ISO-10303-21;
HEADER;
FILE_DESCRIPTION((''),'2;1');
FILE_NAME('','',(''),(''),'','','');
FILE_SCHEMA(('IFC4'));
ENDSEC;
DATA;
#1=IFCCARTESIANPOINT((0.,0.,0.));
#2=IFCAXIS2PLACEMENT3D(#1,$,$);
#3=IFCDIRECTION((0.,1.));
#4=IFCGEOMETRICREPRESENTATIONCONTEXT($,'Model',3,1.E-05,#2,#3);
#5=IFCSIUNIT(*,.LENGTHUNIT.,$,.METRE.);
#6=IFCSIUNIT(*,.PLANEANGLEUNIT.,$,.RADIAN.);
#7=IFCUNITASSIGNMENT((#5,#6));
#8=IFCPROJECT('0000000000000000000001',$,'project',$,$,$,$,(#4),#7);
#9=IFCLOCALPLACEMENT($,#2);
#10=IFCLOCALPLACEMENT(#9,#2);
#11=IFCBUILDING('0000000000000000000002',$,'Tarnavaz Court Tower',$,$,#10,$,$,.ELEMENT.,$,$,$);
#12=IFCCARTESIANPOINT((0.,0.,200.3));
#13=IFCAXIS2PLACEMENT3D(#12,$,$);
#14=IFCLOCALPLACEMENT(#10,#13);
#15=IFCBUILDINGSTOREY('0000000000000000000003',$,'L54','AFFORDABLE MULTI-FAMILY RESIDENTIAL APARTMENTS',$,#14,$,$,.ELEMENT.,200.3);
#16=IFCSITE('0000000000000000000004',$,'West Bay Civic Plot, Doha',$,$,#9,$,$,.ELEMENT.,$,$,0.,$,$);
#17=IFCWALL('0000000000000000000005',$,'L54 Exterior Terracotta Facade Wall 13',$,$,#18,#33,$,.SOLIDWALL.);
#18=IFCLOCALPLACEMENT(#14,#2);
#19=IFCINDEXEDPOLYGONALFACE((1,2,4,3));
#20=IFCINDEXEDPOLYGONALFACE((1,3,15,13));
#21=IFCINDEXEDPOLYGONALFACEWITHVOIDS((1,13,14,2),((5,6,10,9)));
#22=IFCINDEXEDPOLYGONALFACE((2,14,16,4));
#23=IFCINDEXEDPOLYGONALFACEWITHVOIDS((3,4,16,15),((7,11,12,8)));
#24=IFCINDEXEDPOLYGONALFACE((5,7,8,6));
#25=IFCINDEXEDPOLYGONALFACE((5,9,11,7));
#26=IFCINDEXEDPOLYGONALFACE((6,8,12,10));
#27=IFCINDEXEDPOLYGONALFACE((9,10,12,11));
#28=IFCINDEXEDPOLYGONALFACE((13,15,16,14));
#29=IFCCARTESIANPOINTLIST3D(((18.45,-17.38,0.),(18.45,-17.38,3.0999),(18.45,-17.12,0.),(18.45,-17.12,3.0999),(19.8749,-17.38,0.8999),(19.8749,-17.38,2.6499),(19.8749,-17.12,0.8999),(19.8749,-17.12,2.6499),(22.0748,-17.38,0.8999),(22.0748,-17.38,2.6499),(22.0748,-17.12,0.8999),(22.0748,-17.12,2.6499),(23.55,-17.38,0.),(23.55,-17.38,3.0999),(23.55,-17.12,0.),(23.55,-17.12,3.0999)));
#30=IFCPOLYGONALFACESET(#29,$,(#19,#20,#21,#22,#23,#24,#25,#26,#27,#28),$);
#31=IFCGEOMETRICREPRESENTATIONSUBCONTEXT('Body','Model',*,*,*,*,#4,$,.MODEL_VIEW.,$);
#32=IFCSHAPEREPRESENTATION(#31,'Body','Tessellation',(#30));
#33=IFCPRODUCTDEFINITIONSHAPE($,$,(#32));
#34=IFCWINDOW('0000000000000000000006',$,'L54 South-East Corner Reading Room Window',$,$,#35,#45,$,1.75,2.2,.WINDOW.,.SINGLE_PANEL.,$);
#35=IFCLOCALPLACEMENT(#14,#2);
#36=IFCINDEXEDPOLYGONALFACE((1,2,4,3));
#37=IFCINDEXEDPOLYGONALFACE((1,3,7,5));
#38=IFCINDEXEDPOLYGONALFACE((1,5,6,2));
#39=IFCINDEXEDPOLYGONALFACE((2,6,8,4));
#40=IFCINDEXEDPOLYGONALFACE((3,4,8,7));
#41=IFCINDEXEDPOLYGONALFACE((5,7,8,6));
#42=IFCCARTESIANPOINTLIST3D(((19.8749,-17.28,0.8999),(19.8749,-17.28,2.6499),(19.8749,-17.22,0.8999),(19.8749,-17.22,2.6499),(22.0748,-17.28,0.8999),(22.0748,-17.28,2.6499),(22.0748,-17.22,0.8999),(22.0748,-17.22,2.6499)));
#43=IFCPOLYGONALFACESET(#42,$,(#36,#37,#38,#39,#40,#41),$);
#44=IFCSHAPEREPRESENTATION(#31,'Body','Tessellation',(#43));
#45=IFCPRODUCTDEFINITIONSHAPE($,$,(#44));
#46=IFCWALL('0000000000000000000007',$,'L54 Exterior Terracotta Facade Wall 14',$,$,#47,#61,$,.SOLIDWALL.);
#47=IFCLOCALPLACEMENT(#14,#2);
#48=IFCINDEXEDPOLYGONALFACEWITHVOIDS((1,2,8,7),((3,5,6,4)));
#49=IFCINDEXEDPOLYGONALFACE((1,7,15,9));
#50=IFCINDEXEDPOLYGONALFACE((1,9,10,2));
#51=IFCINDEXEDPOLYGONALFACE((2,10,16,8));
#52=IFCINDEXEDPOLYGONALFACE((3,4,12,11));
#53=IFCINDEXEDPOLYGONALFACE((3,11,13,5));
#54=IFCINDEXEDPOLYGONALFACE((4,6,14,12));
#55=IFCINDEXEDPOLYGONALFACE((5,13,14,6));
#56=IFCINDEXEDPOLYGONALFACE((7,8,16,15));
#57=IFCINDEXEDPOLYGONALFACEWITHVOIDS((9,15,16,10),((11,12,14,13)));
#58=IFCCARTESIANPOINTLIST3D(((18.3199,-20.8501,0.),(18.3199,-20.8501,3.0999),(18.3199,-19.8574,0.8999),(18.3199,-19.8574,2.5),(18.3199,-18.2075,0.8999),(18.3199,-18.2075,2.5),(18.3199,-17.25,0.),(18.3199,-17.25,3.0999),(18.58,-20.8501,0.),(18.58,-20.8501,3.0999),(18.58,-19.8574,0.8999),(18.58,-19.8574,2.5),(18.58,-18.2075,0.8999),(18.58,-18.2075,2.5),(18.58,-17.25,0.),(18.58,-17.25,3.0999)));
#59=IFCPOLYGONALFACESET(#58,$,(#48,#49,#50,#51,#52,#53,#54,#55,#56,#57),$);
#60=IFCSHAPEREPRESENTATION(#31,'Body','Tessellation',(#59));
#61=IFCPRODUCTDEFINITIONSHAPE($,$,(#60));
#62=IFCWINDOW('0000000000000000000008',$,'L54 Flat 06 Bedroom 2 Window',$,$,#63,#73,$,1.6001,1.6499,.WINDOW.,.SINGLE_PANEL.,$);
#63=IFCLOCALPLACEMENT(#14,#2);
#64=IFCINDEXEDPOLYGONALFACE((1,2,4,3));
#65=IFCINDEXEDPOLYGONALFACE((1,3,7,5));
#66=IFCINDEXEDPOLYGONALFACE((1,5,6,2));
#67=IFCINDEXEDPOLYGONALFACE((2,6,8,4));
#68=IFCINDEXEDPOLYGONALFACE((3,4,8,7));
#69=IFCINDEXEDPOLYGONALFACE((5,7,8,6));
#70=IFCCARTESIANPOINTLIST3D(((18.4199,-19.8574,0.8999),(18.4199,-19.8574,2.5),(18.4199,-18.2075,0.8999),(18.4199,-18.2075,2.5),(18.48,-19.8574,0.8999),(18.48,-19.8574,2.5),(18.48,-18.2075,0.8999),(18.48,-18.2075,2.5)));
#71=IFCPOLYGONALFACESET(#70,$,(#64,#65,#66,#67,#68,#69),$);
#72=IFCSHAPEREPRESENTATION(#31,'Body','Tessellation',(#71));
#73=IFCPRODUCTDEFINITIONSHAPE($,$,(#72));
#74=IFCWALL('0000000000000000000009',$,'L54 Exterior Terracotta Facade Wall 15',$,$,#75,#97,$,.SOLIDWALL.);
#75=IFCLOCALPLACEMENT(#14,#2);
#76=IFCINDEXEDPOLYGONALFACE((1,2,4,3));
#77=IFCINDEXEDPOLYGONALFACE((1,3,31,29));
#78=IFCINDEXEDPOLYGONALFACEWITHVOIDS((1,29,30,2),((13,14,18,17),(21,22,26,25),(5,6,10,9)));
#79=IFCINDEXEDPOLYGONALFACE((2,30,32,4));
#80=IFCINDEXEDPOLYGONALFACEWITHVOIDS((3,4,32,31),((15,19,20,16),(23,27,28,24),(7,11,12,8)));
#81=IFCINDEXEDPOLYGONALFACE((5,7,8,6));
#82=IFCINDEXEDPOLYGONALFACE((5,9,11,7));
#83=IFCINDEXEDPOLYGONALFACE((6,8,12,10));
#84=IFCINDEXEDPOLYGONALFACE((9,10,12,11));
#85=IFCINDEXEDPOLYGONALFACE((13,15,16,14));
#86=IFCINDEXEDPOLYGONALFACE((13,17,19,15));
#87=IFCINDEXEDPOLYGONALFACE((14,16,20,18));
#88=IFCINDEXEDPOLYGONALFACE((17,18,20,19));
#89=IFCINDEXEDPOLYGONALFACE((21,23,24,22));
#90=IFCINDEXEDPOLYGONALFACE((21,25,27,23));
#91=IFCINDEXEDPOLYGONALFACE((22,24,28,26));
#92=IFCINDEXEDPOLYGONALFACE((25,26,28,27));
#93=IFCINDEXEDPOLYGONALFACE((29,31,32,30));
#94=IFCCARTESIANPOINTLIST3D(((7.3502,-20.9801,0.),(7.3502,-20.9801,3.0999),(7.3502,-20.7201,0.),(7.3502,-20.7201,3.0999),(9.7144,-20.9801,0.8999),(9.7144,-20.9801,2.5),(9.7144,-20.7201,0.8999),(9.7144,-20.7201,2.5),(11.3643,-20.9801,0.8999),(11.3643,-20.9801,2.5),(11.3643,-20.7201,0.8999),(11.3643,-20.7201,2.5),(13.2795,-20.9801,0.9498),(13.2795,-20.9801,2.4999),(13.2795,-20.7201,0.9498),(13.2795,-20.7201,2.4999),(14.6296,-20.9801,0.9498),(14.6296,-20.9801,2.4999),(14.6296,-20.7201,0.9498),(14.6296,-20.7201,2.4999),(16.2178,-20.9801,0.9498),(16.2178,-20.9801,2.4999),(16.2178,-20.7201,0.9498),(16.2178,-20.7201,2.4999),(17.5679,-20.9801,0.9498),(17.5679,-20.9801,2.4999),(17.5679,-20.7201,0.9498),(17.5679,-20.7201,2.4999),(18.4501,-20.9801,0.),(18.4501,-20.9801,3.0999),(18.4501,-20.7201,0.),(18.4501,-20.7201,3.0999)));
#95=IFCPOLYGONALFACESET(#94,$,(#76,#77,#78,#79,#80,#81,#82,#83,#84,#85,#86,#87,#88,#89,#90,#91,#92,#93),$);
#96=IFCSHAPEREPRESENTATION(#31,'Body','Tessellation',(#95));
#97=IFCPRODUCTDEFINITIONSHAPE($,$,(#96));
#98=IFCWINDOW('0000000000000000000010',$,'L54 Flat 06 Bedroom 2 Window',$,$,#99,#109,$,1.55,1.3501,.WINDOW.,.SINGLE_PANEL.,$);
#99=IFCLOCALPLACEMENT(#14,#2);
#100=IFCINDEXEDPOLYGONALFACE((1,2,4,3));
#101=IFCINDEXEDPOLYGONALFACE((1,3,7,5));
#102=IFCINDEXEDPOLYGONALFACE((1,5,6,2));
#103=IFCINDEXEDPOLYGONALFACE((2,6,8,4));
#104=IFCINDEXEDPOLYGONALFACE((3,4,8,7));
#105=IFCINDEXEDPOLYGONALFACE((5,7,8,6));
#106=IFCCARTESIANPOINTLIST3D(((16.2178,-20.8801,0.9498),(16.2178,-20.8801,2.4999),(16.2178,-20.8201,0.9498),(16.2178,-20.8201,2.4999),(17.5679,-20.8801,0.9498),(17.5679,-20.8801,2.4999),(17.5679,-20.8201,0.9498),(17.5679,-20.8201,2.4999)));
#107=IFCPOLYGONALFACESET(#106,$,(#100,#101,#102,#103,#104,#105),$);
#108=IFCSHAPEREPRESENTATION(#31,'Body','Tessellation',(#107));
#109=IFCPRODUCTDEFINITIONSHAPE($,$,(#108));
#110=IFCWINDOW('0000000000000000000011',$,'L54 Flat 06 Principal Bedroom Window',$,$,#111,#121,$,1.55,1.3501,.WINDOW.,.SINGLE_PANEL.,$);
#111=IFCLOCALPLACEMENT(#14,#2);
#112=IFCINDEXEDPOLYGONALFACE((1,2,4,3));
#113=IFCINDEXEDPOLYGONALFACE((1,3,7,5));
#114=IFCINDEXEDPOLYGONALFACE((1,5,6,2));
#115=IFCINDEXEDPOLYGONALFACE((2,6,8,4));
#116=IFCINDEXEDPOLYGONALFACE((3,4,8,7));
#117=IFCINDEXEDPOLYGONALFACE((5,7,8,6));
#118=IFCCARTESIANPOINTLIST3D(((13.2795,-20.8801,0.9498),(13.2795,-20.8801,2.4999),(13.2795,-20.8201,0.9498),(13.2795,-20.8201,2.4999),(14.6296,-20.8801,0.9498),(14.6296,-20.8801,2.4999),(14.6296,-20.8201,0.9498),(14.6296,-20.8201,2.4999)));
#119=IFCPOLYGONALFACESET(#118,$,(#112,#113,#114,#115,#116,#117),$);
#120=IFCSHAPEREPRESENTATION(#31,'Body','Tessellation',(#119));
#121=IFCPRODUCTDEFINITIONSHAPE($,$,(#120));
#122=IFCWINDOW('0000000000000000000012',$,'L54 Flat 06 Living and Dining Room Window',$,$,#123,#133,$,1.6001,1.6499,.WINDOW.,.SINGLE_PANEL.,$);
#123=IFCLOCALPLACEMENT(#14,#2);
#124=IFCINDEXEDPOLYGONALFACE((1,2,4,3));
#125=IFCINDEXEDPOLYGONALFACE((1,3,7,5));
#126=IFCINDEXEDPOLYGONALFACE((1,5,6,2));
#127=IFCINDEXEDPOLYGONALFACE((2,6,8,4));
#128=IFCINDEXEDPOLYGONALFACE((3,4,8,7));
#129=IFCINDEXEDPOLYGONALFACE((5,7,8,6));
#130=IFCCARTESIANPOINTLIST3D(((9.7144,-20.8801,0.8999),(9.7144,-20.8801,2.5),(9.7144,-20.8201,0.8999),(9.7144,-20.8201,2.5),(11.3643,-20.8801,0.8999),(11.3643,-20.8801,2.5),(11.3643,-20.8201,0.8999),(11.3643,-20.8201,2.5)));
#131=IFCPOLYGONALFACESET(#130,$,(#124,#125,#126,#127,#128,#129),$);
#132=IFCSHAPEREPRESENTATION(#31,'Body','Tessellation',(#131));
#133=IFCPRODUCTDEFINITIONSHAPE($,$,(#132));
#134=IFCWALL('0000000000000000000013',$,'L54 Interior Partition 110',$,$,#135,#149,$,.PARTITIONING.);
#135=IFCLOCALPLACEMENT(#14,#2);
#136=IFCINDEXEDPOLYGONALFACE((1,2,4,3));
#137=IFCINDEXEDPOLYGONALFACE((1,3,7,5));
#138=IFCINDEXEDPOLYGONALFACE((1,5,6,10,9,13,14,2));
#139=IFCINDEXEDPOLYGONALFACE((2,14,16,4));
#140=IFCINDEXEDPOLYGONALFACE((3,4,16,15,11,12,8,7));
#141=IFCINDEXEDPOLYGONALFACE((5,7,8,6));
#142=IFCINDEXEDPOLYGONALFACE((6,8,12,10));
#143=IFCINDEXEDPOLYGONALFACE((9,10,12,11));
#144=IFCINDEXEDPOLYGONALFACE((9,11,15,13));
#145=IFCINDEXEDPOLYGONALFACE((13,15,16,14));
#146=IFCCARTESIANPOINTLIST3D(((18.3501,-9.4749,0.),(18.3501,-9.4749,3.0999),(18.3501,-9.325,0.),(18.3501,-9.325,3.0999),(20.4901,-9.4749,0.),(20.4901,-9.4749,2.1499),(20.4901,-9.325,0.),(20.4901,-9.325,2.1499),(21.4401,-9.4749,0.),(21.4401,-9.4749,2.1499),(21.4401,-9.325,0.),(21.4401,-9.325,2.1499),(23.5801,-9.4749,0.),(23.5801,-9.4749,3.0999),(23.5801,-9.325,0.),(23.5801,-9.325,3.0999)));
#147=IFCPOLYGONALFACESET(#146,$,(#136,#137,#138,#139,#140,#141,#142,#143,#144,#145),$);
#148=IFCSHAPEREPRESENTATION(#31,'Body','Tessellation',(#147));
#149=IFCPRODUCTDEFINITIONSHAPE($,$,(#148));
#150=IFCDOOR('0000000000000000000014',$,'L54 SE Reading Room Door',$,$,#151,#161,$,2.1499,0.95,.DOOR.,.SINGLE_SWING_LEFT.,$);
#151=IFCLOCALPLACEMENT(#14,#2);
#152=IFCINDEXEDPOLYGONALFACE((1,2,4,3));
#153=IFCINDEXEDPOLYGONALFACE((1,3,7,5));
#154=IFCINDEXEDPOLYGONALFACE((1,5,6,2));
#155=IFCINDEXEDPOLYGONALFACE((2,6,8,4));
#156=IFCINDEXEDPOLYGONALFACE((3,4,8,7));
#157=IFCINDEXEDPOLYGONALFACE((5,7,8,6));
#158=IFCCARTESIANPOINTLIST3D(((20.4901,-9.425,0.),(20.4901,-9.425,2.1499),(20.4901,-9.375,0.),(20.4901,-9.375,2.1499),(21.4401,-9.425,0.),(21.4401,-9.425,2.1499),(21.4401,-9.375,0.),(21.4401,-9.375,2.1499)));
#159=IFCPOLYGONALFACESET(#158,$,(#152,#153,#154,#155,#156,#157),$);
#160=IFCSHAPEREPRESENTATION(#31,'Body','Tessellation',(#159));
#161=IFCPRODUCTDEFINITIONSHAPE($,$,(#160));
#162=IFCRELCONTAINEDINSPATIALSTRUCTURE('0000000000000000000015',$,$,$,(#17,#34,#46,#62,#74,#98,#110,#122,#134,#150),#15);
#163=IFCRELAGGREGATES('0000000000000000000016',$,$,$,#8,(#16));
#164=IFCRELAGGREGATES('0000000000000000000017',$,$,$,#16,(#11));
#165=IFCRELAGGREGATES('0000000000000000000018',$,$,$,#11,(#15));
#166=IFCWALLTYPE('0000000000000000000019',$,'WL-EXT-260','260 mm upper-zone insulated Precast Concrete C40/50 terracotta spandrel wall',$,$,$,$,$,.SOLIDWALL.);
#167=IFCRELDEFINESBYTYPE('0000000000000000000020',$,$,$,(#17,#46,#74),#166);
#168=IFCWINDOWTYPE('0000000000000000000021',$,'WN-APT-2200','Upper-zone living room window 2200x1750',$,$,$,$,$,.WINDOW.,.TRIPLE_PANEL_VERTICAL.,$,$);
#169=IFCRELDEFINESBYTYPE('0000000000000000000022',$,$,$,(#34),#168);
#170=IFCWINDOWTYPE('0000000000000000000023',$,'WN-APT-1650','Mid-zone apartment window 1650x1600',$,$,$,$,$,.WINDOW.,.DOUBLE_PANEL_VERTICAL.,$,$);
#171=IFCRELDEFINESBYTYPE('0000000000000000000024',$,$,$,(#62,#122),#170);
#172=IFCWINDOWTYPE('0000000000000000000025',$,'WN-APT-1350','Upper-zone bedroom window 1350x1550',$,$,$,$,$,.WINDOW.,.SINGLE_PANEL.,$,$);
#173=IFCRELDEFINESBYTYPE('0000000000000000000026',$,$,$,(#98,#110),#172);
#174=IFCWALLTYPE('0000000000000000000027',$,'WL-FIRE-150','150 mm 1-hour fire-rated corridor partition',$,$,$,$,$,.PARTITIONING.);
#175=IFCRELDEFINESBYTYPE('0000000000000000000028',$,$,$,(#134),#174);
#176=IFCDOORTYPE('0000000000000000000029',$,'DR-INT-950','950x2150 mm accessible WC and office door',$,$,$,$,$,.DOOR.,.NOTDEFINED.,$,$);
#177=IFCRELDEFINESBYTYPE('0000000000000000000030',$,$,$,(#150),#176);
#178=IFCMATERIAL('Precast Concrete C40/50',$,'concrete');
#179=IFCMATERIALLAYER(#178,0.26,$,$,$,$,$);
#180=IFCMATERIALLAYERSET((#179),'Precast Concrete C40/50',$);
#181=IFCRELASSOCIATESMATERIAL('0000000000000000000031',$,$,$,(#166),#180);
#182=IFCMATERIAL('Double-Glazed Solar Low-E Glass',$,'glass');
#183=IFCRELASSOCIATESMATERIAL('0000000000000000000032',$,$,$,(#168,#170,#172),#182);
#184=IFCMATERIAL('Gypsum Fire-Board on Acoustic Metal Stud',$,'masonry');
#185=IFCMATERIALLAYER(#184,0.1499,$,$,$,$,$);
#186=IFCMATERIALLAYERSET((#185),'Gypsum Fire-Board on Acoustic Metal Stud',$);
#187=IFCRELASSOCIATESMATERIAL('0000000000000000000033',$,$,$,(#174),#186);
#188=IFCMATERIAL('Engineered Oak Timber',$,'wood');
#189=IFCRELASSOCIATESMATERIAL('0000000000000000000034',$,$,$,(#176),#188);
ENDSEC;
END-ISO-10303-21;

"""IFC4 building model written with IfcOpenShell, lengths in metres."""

from ifc_helpers import new_model, si_unit, direction, frame, frame_2d, origin, place, context, subcontext, project, spatial, rectangle, extrude, material, layer, layer_set, type_object, element, fill, save


model = new_model("IFC4")

# Units and contexts
model_context = context("Model", 3, precision=1e-05, world=origin(), true_north=direction((0.0, 1.0)))
body_context = subcontext(model_context, "Body", "Model", "MODEL_VIEW")
ifc_project = project(units=[si_unit("LENGTHUNIT", "METRE"), si_unit("PLANEANGLEUNIT", "RADIAN")], contexts=[model_context])

# Site, building, storey
site_placement = place(None, origin())
site = spatial("IfcSite", under=ifc_project, at=site_placement, Name="West Bay Civic Plot, Doha", CompositionType="ELEMENT", RefElevation=0.0)
building_placement = place(site_placement, origin())
building = spatial("IfcBuilding", under=site, at=building_placement, Name="Tarnavaz Court Tower", CompositionType="ELEMENT")
storey_placement = place(building_placement, frame((0.0, 0.0, 200.3)))
storey = spatial("IfcBuildingStorey", under=building, at=storey_placement, Name="L54", Description="AFFORDABLE MULTI-FAMILY RESIDENTIAL APARTMENTS", CompositionType="ELEMENT", Elevation=200.3)

# Walls, openings, windows
ifc_material_1 = material(Name="Precast Concrete C40/50", Category="concrete")
ifc_layer_1 = layer(ifc_material_1, 0.26)
ifc_layer_set_1 = layer_set([ifc_layer_1], Name="Precast Concrete C40/50")
wall_type_1 = type_object("IfcWallType", Name="WL-EXT-260", Description="260 mm upper-zone insulated Precast Concrete C40/50 terracotta spandrel wall", PredefinedType="SOLIDWALL", material=ifc_layer_set_1)
wall_1_placement = place(storey_placement, frame((23.55, -17.25, 0.0), z_axis=(0.0, 0.0, 1.0), x_axis=(-1.0, 0.0, 0.0)))
wall_1 = element("IfcWall", 1, at=wall_1_placement, inside=storey, type_object=wall_type_1, Name="L54 Exterior Terracotta Facade Wall 13", PredefinedType="SOLIDWALL", context=body_context, shape_type="SweptSolid", body=[
    extrude(rectangle(XDim=5.1001, YDim=0.26, at=frame_2d((2.55, 0.0))), origin(), (0.0, 0.0, 1.0), 3.0999),
])
opening_1_placement = place(wall_1_placement, frame((1.4751, 0.0, 0.8999)))
opening_1 = element("IfcOpeningElement", 2, at=opening_1_placement, cuts=wall_1, PredefinedType="OPENING", context=body_context, shape_type="SweptSolid", body=[
    extrude(rectangle(XDim=2.2, YDim=1.75, at=frame_2d((1.1001, 0.875))), frame((0.0, 0.1399, 0.0), z_axis=(0.0, -1.0, 0.0), x_axis=(1.0, 0.0, 0.0)), (0.0, 0.0, 1.0), 0.28),
])
ifc_material_2 = material(Name="Double-Glazed Solar Low-E Glass", Category="glass")
window_type_1 = type_object("IfcWindowType", Name="WN-APT-2200", Description="Upper-zone living room window 2200x1750", PartitioningType="TRIPLE_PANEL_VERTICAL", PredefinedType="WINDOW", material=ifc_material_2)
window_1_placement = place(opening_1_placement, origin())
window_1 = element("IfcWindow", 3, at=window_1_placement, inside=storey, type_object=window_type_1, Name="L54 South-East Corner Reading Room Window", OverallHeight=1.75, OverallWidth=2.2, PartitioningType="SINGLE_PANEL", PredefinedType="WINDOW", context=body_context, shape_type="SweptSolid", body=[
    extrude(rectangle(XDim=2.2, YDim=1.75, at=frame_2d((1.1001, 0.875))), frame((0.0, 0.03, 0.0), z_axis=(0.0, -1.0, 0.0), x_axis=(1.0, 0.0, 0.0)), (0.0, 0.0, 1.0), 0.0601),
])
fill(opening_1, window_1)
wall_2_placement = place(storey_placement, frame((18.45, -17.25, 0.0), z_axis=(0.0, 0.0, 1.0), x_axis=(0.0, -1.0, 0.0)))
wall_2 = element("IfcWall", 4, at=wall_2_placement, inside=storey, type_object=wall_type_1, Name="L54 Exterior Terracotta Facade Wall 14", PredefinedType="SOLIDWALL", context=body_context, shape_type="SweptSolid", body=[
    extrude(rectangle(XDim=3.6001, YDim=0.26, at=frame_2d((1.8, 0.0))), origin(), (0.0, 0.0, 1.0), 3.0999),
])
opening_2_placement = place(wall_2_placement, frame((0.9575, 0.0, 0.8999)))
opening_2 = element("IfcOpeningElement", 5, at=opening_2_placement, cuts=wall_2, PredefinedType="OPENING", context=body_context, shape_type="SweptSolid", body=[
    extrude(rectangle(XDim=1.6499, YDim=1.6001, at=frame_2d((0.825, 0.8))), frame((0.0, 0.1399, 0.0), z_axis=(0.0, -1.0, 0.0), x_axis=(1.0, 0.0, 0.0)), (0.0, 0.0, 1.0), 0.28),
])
window_type_2 = type_object("IfcWindowType", Name="WN-APT-1650", Description="Mid-zone apartment window 1650x1600", PartitioningType="DOUBLE_PANEL_VERTICAL", PredefinedType="WINDOW", material=ifc_material_2)
window_2_placement = place(opening_2_placement, origin())
window_2 = element("IfcWindow", 6, at=window_2_placement, inside=storey, type_object=window_type_2, Name="L54 Flat 06 Bedroom 2 Window", OverallHeight=1.6001, OverallWidth=1.6499, PartitioningType="SINGLE_PANEL", PredefinedType="WINDOW", context=body_context, shape_type="SweptSolid", body=[
    extrude(rectangle(XDim=1.6499, YDim=1.6001, at=frame_2d((0.825, 0.8))), frame((0.0, 0.03, 0.0), z_axis=(0.0, -1.0, 0.0), x_axis=(1.0, 0.0, 0.0)), (0.0, 0.0, 1.0), 0.0601),
])
fill(opening_2, window_2)

# Wall, openings, windows
wall_3_placement = place(storey_placement, frame((18.45, -20.8501, 0.0), z_axis=(0.0, 0.0, 1.0), x_axis=(-1.0, 0.0, 0.0)))
wall_3 = element("IfcWall", 7, at=wall_3_placement, inside=storey, type_object=wall_type_1, Name="L54 Exterior Terracotta Facade Wall 15", PredefinedType="SOLIDWALL", context=body_context, shape_type="SweptSolid", body=[
    extrude(rectangle(XDim=11.0999, YDim=0.26, at=frame_2d((5.5498, 0.0))), origin(), (0.0, 0.0, 1.0), 3.0999),
])
opening_3_placement = place(wall_3_placement, frame((0.8821, 0.0, 0.95)))
opening_3 = element("IfcOpeningElement", 8, at=opening_3_placement, cuts=wall_3, PredefinedType="OPENING", context=body_context, shape_type="SweptSolid", body=[
    extrude(rectangle(XDim=1.3501, YDim=1.55, at=frame_2d((0.675, 0.7749))), frame((0.0, 0.1399, 0.0), z_axis=(0.0, -1.0, 0.0), x_axis=(1.0, 0.0, 0.0)), (0.0, 0.0, 1.0), 0.28),
])
opening_4_placement = place(wall_3_placement, frame((3.8203, 0.0, 0.95)))
opening_4 = element("IfcOpeningElement", 9, at=opening_4_placement, cuts=wall_3, PredefinedType="OPENING", context=body_context, shape_type="SweptSolid", body=[
    extrude(rectangle(XDim=1.3501, YDim=1.55, at=frame_2d((0.675, 0.7749))), frame((0.0, 0.1399, 0.0), z_axis=(0.0, -1.0, 0.0), x_axis=(1.0, 0.0, 0.0)), (0.0, 0.0, 1.0), 0.28),
])
opening_5_placement = place(wall_3_placement, frame((7.0857, 0.0, 0.8999)))
opening_5 = element("IfcOpeningElement", 10, at=opening_5_placement, cuts=wall_3, PredefinedType="OPENING", context=body_context, shape_type="SweptSolid", body=[
    extrude(rectangle(XDim=1.6499, YDim=1.6001, at=frame_2d((0.825, 0.8))), frame((0.0, 0.1399, 0.0), z_axis=(0.0, -1.0, 0.0), x_axis=(1.0, 0.0, 0.0)), (0.0, 0.0, 1.0), 0.28),
])
window_type_3 = type_object("IfcWindowType", Name="WN-APT-1350", Description="Upper-zone bedroom window 1350x1550", PartitioningType="SINGLE_PANEL", PredefinedType="WINDOW", material=ifc_material_2)
window_3_placement = place(opening_3_placement, origin())
window_3 = element("IfcWindow", 11, at=window_3_placement, inside=storey, type_object=window_type_3, Name="L54 Flat 06 Bedroom 2 Window", OverallHeight=1.55, OverallWidth=1.3501, PartitioningType="SINGLE_PANEL", PredefinedType="WINDOW", context=body_context, shape_type="SweptSolid", body=[
    extrude(rectangle(XDim=1.3501, YDim=1.55, at=frame_2d((0.675, 0.7749))), frame((0.0, 0.03, 0.0), z_axis=(0.0, -1.0, 0.0), x_axis=(1.0, 0.0, 0.0)), (0.0, 0.0, 1.0), 0.0601),
])
fill(opening_3, window_3)
window_4_placement = place(opening_4_placement, origin())
window_4 = element("IfcWindow", 12, at=window_4_placement, inside=storey, type_object=window_type_3, Name="L54 Flat 06 Principal Bedroom Window", OverallHeight=1.55, OverallWidth=1.3501, PartitioningType="SINGLE_PANEL", PredefinedType="WINDOW", context=body_context, shape_type="SweptSolid", body=[
    extrude(rectangle(XDim=1.3501, YDim=1.55, at=frame_2d((0.675, 0.7749))), frame((0.0, 0.03, 0.0), z_axis=(0.0, -1.0, 0.0), x_axis=(1.0, 0.0, 0.0)), (0.0, 0.0, 1.0), 0.0601),
])
fill(opening_4, window_4)
window_5_placement = place(opening_5_placement, origin())
window_5 = element("IfcWindow", 13, at=window_5_placement, inside=storey, type_object=window_type_2, Name="L54 Flat 06 Living and Dining Room Window", OverallHeight=1.6001, OverallWidth=1.6499, PartitioningType="SINGLE_PANEL", PredefinedType="WINDOW", context=body_context, shape_type="SweptSolid", body=[
    extrude(rectangle(XDim=1.6499, YDim=1.6001, at=frame_2d((0.825, 0.8))), frame((0.0, 0.03, 0.0), z_axis=(0.0, -1.0, 0.0), x_axis=(1.0, 0.0, 0.0)), (0.0, 0.0, 1.0), 0.0601),
])
fill(opening_5, window_5)

# Wall, opening, door
ifc_material_3 = material(Name="Gypsum Fire-Board on Acoustic Metal Stud", Category="masonry")
ifc_layer_2 = layer(ifc_material_3, 0.1499)
ifc_layer_set_2 = layer_set([ifc_layer_2], Name="Gypsum Fire-Board on Acoustic Metal Stud")
wall_type_2 = type_object("IfcWallType", Name="WL-FIRE-150", Description="150 mm 1-hour fire-rated corridor partition", PredefinedType="PARTITIONING", material=ifc_layer_set_2)
wall_4_placement = place(storey_placement, frame((18.3501, -9.3999, 0.0), z_axis=(0.0, 0.0, 1.0), x_axis=(1.0, 0.0, 0.0)))
wall_4 = element("IfcWall", 14, at=wall_4_placement, inside=storey, type_object=wall_type_2, Name="L54 Interior Partition 110", PredefinedType="PARTITIONING", context=body_context, shape_type="SweptSolid", body=[
    extrude(rectangle(XDim=5.23, YDim=0.1499, at=frame_2d((2.615, 0.0))), origin(), (0.0, 0.0, 1.0), 3.0999),
])
opening_6_placement = place(wall_4_placement, frame((2.1399, 0.0, 0.0)))
opening_6 = element("IfcOpeningElement", 15, at=opening_6_placement, cuts=wall_4, PredefinedType="OPENING", context=body_context, shape_type="SweptSolid", body=[
    extrude(rectangle(XDim=0.95, YDim=2.1499, at=frame_2d((0.4751, 1.075))), frame((0.0, 0.085, 0.0), z_axis=(0.0, -1.0, 0.0), x_axis=(1.0, 0.0, 0.0)), (0.0, 0.0, 1.0), 0.1699),
])
ifc_material_4 = material(Name="Engineered Oak Timber", Category="wood")
door_type_1 = type_object("IfcDoorType", Name="DR-INT-950", Description="950x2150 mm accessible WC and office door", OperationType="NOTDEFINED", PredefinedType="DOOR", material=ifc_material_4)
door_1_placement = place(opening_6_placement, origin())
door_1 = element("IfcDoor", 16, at=door_1_placement, inside=storey, type_object=door_type_1, Name="L54 SE Reading Room Door", OperationType="SINGLE_SWING_LEFT", OverallHeight=2.1499, OverallWidth=0.95, PredefinedType="DOOR", context=body_context, shape_type="SweptSolid", body=[
    extrude(rectangle(XDim=0.95, YDim=2.1499, at=frame_2d((0.4751, 1.075))), frame((0.0, 0.0249, 0.0), z_axis=(0.0, -1.0, 0.0), x_axis=(1.0, 0.0, 0.0)), (0.0, 0.0, 1.0), 0.05),
])
fill(opening_6, door_1)

save(model, "model.ifc")
